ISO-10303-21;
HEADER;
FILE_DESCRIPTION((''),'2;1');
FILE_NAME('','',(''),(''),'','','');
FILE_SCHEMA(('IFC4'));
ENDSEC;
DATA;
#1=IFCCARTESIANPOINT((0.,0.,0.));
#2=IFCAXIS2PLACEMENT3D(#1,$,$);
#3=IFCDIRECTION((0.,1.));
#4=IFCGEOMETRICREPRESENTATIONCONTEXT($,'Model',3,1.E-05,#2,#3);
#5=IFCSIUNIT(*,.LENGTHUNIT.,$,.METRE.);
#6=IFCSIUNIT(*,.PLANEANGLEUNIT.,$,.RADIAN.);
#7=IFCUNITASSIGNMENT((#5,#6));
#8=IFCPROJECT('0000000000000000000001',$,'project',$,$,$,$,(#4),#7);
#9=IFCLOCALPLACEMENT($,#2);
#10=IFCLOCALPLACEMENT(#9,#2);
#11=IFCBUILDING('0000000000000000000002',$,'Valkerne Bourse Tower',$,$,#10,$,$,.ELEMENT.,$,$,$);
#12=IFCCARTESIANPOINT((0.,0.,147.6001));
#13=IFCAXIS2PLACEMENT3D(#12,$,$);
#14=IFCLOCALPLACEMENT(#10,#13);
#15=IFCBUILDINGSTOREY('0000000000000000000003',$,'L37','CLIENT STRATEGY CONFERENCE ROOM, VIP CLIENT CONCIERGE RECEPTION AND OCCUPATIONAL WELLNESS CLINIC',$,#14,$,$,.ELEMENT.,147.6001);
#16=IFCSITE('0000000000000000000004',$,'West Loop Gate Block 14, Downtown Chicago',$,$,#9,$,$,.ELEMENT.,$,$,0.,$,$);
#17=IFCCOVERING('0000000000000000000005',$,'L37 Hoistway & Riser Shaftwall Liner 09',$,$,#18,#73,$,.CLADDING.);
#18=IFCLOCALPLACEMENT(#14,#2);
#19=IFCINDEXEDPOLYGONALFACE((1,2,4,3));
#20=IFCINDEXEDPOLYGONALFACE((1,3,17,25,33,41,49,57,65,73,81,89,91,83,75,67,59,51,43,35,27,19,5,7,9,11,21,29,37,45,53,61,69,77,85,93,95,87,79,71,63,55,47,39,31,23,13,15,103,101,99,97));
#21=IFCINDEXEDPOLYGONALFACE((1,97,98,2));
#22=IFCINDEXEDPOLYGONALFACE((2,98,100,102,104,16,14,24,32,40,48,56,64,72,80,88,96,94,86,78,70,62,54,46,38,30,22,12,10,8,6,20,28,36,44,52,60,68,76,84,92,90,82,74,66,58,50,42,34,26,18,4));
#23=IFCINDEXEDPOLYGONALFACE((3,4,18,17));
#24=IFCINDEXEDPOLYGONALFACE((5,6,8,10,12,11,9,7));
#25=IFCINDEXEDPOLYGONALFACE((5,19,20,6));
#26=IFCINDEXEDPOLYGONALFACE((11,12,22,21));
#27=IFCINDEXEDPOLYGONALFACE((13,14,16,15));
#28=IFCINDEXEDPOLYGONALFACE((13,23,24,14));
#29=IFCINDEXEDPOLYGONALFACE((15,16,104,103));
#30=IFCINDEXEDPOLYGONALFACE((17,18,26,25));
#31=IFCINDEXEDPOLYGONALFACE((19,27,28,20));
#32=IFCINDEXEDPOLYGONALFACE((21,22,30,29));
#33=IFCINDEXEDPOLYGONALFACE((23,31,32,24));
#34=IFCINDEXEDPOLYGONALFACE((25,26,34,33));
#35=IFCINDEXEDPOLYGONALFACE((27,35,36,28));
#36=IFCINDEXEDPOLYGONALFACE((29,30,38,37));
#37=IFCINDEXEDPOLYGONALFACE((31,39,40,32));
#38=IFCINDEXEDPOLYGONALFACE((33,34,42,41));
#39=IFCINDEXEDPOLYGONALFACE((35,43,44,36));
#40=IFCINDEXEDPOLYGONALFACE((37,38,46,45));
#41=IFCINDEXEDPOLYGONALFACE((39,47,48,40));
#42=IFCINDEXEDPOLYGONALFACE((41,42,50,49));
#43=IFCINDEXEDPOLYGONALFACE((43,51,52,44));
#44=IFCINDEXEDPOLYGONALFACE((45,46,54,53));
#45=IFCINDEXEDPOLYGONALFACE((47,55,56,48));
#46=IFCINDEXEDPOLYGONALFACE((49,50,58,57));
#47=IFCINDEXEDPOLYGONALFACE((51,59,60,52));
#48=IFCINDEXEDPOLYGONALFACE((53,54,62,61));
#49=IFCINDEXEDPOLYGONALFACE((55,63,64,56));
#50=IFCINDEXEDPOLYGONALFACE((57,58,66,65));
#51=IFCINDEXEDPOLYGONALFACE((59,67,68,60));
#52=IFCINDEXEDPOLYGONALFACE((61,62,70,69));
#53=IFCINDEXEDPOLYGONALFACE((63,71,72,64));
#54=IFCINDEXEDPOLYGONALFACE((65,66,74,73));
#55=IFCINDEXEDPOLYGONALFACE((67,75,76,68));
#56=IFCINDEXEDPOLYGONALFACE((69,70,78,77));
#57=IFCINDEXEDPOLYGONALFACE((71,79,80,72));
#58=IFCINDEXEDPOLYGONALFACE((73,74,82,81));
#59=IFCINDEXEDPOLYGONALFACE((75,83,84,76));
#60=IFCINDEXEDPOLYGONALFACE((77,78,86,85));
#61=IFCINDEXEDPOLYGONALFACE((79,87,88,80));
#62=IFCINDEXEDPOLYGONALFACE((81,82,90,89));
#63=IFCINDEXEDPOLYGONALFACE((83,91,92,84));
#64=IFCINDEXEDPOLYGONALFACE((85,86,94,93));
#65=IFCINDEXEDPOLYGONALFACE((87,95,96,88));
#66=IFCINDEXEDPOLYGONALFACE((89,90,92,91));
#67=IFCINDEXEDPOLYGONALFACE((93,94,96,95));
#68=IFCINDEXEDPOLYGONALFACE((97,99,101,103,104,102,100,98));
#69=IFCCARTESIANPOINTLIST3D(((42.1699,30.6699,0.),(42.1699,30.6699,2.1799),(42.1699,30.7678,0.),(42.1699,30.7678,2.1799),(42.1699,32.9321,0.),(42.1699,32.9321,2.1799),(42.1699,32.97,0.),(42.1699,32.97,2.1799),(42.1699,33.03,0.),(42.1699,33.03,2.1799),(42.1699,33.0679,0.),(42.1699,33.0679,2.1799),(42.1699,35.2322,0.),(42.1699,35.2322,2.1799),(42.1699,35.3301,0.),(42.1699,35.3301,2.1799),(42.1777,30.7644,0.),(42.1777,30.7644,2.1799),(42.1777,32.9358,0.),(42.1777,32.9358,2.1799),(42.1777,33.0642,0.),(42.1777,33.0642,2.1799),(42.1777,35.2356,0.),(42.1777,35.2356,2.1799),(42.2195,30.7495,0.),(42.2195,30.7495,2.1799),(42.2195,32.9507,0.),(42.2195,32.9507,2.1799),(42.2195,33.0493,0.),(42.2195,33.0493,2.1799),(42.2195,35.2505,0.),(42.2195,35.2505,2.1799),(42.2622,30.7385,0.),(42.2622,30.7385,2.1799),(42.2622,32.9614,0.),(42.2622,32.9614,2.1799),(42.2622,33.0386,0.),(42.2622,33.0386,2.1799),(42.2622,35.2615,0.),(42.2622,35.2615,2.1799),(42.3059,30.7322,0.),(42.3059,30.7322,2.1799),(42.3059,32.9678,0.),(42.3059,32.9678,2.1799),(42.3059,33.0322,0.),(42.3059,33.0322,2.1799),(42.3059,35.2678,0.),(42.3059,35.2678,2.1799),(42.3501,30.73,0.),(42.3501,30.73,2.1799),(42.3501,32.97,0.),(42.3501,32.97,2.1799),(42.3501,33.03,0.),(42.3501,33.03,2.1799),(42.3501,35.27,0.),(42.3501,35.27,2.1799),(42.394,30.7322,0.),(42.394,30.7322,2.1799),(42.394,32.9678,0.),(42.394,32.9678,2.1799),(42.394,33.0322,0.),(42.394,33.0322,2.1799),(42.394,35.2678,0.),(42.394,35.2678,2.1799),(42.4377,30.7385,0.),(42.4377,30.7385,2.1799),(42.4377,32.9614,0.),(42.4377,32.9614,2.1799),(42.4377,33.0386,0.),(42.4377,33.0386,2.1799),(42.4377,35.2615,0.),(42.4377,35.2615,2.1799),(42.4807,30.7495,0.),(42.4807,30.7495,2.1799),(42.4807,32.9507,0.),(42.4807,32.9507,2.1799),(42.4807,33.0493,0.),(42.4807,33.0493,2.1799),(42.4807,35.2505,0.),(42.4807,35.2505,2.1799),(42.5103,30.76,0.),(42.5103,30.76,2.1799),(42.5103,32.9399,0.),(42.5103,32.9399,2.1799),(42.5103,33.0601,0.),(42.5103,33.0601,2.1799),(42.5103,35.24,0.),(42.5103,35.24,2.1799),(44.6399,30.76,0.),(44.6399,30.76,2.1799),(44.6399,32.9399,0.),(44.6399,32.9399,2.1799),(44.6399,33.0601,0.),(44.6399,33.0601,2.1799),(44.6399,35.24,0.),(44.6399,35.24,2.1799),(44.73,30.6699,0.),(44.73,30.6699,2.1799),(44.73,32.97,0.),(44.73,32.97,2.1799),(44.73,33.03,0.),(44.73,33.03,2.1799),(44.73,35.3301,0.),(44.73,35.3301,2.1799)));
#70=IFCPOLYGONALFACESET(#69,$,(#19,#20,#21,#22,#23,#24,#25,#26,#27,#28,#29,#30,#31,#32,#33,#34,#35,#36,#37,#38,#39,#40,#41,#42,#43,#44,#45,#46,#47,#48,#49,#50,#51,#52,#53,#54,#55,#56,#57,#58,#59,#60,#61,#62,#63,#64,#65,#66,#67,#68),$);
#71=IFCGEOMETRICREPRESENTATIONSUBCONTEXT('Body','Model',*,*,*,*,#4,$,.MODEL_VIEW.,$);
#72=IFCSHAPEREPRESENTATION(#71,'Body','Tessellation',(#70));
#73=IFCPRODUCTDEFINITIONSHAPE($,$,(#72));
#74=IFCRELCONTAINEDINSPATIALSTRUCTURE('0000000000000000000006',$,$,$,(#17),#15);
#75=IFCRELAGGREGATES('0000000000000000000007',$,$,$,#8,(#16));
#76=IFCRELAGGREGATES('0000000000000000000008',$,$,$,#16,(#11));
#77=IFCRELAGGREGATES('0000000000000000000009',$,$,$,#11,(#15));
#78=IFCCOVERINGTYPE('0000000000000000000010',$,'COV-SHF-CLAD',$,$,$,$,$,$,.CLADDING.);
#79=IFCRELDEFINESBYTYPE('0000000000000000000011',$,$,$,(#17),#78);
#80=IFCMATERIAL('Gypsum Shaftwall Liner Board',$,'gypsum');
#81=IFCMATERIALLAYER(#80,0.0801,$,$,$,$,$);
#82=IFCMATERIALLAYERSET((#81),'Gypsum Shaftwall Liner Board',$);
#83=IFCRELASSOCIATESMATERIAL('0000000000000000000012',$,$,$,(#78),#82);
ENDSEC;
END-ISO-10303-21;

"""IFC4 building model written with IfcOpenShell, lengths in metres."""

from ifc_helpers import new_model, si_unit, direction, frame, origin, place, context, subcontext, project, spatial, polyline, outline, extrude, material, layer, layer_set, type_object, element, save


model = new_model("IFC4")

# Units and contexts
model_context = context("Model", 3, precision=1e-05, world=origin(), true_north=direction((0.0, 1.0)))
body_context = subcontext(model_context, "Body", "Model", "MODEL_VIEW")
ifc_project = project(units=[si_unit("LENGTHUNIT", "METRE"), si_unit("PLANEANGLEUNIT", "RADIAN")], contexts=[model_context])

# Site, building, storey
site_placement = place(None, origin())
site = spatial("IfcSite", under=ifc_project, at=site_placement, Name="West Loop Gate Block 14, Downtown Chicago", CompositionType="ELEMENT", RefElevation=0.0)
building_placement = place(site_placement, origin())
building = spatial("IfcBuilding", under=site, at=building_placement, Name="Valkerne Bourse Tower", CompositionType="ELEMENT")
storey_placement = place(building_placement, frame((0.0, 0.0, 147.6001)))
storey = spatial("IfcBuildingStorey", under=building, at=storey_placement, Name="L37", Description="CLIENT STRATEGY CONFERENCE ROOM, VIP CLIENT CONCIERGE RECEPTION AND OCCUPATIONAL WELLNESS CLINIC", CompositionType="ELEMENT", Elevation=147.6001)

# Covering
ifc_material_1 = material(Name="Gypsum Shaftwall Liner Board", Category="gypsum")
ifc_layer_1 = layer(ifc_material_1, 0.0801)
ifc_layer_set_1 = layer_set([ifc_layer_1], Name="Gypsum Shaftwall Liner Board")
covering_type_1 = type_object("IfcCoveringType", Name="COV-SHF-CLAD", PredefinedType="CLADDING", material=ifc_layer_set_1)
covering_1_placement = place(storey_placement, origin())
element("IfcCovering", 1, at=covering_1_placement, inside=storey, type_object=covering_type_1, Name="L37 Hoistway & Riser Shaftwall Liner 09", PredefinedType="CLADDING", context=body_context, shape_type="SweptSolid", body=[
    extrude(outline(polyline([(42.1699, 33.0679), (42.1777, 33.0642), (42.2195, 33.0493), (42.2622, 33.0386), (42.3059, 33.0322), (42.3501, 33.03), (42.394, 33.0322), (42.4377, 33.0386), (42.4807, 33.0493), (42.5103, 33.0601), (44.6399, 33.0601), (44.6399, 35.24), (42.5103, 35.24), (42.4807, 35.2505), (42.4377, 35.2615), (42.394, 35.2678), (42.3501, 35.27), (42.3059, 35.2678), (42.2622, 35.2615), (42.2195, 35.2505), (42.1777, 35.2356), (42.1699, 35.2322), (42.1699, 35.3301), (44.73, 35.3301), (44.73, 33.03), (44.73, 32.97), (44.73, 30.6699), (42.1699, 30.6699), (42.1699, 30.7678), (42.1777, 30.7644), (42.2195, 30.7495), (42.2622, 30.7385), (42.3059, 30.7322), (42.3501, 30.73), (42.394, 30.7322), (42.4377, 30.7385), (42.4807, 30.7495), (42.5103, 30.76), (44.6399, 30.76), (44.6399, 32.9399), (42.5103, 32.9399), (42.4807, 32.9507), (42.4377, 32.9614), (42.394, 32.9678), (42.3501, 32.97), (42.3059, 32.9678), (42.2622, 32.9614), (42.2195, 32.9507), (42.1777, 32.9358), (42.1699, 32.9321), (42.1699, 32.97), (42.1699, 33.03), (42.1699, 33.0679)])), origin(), (0.0, 0.0, 1.0), 2.1799),
])

save(model, "model.ifc")
